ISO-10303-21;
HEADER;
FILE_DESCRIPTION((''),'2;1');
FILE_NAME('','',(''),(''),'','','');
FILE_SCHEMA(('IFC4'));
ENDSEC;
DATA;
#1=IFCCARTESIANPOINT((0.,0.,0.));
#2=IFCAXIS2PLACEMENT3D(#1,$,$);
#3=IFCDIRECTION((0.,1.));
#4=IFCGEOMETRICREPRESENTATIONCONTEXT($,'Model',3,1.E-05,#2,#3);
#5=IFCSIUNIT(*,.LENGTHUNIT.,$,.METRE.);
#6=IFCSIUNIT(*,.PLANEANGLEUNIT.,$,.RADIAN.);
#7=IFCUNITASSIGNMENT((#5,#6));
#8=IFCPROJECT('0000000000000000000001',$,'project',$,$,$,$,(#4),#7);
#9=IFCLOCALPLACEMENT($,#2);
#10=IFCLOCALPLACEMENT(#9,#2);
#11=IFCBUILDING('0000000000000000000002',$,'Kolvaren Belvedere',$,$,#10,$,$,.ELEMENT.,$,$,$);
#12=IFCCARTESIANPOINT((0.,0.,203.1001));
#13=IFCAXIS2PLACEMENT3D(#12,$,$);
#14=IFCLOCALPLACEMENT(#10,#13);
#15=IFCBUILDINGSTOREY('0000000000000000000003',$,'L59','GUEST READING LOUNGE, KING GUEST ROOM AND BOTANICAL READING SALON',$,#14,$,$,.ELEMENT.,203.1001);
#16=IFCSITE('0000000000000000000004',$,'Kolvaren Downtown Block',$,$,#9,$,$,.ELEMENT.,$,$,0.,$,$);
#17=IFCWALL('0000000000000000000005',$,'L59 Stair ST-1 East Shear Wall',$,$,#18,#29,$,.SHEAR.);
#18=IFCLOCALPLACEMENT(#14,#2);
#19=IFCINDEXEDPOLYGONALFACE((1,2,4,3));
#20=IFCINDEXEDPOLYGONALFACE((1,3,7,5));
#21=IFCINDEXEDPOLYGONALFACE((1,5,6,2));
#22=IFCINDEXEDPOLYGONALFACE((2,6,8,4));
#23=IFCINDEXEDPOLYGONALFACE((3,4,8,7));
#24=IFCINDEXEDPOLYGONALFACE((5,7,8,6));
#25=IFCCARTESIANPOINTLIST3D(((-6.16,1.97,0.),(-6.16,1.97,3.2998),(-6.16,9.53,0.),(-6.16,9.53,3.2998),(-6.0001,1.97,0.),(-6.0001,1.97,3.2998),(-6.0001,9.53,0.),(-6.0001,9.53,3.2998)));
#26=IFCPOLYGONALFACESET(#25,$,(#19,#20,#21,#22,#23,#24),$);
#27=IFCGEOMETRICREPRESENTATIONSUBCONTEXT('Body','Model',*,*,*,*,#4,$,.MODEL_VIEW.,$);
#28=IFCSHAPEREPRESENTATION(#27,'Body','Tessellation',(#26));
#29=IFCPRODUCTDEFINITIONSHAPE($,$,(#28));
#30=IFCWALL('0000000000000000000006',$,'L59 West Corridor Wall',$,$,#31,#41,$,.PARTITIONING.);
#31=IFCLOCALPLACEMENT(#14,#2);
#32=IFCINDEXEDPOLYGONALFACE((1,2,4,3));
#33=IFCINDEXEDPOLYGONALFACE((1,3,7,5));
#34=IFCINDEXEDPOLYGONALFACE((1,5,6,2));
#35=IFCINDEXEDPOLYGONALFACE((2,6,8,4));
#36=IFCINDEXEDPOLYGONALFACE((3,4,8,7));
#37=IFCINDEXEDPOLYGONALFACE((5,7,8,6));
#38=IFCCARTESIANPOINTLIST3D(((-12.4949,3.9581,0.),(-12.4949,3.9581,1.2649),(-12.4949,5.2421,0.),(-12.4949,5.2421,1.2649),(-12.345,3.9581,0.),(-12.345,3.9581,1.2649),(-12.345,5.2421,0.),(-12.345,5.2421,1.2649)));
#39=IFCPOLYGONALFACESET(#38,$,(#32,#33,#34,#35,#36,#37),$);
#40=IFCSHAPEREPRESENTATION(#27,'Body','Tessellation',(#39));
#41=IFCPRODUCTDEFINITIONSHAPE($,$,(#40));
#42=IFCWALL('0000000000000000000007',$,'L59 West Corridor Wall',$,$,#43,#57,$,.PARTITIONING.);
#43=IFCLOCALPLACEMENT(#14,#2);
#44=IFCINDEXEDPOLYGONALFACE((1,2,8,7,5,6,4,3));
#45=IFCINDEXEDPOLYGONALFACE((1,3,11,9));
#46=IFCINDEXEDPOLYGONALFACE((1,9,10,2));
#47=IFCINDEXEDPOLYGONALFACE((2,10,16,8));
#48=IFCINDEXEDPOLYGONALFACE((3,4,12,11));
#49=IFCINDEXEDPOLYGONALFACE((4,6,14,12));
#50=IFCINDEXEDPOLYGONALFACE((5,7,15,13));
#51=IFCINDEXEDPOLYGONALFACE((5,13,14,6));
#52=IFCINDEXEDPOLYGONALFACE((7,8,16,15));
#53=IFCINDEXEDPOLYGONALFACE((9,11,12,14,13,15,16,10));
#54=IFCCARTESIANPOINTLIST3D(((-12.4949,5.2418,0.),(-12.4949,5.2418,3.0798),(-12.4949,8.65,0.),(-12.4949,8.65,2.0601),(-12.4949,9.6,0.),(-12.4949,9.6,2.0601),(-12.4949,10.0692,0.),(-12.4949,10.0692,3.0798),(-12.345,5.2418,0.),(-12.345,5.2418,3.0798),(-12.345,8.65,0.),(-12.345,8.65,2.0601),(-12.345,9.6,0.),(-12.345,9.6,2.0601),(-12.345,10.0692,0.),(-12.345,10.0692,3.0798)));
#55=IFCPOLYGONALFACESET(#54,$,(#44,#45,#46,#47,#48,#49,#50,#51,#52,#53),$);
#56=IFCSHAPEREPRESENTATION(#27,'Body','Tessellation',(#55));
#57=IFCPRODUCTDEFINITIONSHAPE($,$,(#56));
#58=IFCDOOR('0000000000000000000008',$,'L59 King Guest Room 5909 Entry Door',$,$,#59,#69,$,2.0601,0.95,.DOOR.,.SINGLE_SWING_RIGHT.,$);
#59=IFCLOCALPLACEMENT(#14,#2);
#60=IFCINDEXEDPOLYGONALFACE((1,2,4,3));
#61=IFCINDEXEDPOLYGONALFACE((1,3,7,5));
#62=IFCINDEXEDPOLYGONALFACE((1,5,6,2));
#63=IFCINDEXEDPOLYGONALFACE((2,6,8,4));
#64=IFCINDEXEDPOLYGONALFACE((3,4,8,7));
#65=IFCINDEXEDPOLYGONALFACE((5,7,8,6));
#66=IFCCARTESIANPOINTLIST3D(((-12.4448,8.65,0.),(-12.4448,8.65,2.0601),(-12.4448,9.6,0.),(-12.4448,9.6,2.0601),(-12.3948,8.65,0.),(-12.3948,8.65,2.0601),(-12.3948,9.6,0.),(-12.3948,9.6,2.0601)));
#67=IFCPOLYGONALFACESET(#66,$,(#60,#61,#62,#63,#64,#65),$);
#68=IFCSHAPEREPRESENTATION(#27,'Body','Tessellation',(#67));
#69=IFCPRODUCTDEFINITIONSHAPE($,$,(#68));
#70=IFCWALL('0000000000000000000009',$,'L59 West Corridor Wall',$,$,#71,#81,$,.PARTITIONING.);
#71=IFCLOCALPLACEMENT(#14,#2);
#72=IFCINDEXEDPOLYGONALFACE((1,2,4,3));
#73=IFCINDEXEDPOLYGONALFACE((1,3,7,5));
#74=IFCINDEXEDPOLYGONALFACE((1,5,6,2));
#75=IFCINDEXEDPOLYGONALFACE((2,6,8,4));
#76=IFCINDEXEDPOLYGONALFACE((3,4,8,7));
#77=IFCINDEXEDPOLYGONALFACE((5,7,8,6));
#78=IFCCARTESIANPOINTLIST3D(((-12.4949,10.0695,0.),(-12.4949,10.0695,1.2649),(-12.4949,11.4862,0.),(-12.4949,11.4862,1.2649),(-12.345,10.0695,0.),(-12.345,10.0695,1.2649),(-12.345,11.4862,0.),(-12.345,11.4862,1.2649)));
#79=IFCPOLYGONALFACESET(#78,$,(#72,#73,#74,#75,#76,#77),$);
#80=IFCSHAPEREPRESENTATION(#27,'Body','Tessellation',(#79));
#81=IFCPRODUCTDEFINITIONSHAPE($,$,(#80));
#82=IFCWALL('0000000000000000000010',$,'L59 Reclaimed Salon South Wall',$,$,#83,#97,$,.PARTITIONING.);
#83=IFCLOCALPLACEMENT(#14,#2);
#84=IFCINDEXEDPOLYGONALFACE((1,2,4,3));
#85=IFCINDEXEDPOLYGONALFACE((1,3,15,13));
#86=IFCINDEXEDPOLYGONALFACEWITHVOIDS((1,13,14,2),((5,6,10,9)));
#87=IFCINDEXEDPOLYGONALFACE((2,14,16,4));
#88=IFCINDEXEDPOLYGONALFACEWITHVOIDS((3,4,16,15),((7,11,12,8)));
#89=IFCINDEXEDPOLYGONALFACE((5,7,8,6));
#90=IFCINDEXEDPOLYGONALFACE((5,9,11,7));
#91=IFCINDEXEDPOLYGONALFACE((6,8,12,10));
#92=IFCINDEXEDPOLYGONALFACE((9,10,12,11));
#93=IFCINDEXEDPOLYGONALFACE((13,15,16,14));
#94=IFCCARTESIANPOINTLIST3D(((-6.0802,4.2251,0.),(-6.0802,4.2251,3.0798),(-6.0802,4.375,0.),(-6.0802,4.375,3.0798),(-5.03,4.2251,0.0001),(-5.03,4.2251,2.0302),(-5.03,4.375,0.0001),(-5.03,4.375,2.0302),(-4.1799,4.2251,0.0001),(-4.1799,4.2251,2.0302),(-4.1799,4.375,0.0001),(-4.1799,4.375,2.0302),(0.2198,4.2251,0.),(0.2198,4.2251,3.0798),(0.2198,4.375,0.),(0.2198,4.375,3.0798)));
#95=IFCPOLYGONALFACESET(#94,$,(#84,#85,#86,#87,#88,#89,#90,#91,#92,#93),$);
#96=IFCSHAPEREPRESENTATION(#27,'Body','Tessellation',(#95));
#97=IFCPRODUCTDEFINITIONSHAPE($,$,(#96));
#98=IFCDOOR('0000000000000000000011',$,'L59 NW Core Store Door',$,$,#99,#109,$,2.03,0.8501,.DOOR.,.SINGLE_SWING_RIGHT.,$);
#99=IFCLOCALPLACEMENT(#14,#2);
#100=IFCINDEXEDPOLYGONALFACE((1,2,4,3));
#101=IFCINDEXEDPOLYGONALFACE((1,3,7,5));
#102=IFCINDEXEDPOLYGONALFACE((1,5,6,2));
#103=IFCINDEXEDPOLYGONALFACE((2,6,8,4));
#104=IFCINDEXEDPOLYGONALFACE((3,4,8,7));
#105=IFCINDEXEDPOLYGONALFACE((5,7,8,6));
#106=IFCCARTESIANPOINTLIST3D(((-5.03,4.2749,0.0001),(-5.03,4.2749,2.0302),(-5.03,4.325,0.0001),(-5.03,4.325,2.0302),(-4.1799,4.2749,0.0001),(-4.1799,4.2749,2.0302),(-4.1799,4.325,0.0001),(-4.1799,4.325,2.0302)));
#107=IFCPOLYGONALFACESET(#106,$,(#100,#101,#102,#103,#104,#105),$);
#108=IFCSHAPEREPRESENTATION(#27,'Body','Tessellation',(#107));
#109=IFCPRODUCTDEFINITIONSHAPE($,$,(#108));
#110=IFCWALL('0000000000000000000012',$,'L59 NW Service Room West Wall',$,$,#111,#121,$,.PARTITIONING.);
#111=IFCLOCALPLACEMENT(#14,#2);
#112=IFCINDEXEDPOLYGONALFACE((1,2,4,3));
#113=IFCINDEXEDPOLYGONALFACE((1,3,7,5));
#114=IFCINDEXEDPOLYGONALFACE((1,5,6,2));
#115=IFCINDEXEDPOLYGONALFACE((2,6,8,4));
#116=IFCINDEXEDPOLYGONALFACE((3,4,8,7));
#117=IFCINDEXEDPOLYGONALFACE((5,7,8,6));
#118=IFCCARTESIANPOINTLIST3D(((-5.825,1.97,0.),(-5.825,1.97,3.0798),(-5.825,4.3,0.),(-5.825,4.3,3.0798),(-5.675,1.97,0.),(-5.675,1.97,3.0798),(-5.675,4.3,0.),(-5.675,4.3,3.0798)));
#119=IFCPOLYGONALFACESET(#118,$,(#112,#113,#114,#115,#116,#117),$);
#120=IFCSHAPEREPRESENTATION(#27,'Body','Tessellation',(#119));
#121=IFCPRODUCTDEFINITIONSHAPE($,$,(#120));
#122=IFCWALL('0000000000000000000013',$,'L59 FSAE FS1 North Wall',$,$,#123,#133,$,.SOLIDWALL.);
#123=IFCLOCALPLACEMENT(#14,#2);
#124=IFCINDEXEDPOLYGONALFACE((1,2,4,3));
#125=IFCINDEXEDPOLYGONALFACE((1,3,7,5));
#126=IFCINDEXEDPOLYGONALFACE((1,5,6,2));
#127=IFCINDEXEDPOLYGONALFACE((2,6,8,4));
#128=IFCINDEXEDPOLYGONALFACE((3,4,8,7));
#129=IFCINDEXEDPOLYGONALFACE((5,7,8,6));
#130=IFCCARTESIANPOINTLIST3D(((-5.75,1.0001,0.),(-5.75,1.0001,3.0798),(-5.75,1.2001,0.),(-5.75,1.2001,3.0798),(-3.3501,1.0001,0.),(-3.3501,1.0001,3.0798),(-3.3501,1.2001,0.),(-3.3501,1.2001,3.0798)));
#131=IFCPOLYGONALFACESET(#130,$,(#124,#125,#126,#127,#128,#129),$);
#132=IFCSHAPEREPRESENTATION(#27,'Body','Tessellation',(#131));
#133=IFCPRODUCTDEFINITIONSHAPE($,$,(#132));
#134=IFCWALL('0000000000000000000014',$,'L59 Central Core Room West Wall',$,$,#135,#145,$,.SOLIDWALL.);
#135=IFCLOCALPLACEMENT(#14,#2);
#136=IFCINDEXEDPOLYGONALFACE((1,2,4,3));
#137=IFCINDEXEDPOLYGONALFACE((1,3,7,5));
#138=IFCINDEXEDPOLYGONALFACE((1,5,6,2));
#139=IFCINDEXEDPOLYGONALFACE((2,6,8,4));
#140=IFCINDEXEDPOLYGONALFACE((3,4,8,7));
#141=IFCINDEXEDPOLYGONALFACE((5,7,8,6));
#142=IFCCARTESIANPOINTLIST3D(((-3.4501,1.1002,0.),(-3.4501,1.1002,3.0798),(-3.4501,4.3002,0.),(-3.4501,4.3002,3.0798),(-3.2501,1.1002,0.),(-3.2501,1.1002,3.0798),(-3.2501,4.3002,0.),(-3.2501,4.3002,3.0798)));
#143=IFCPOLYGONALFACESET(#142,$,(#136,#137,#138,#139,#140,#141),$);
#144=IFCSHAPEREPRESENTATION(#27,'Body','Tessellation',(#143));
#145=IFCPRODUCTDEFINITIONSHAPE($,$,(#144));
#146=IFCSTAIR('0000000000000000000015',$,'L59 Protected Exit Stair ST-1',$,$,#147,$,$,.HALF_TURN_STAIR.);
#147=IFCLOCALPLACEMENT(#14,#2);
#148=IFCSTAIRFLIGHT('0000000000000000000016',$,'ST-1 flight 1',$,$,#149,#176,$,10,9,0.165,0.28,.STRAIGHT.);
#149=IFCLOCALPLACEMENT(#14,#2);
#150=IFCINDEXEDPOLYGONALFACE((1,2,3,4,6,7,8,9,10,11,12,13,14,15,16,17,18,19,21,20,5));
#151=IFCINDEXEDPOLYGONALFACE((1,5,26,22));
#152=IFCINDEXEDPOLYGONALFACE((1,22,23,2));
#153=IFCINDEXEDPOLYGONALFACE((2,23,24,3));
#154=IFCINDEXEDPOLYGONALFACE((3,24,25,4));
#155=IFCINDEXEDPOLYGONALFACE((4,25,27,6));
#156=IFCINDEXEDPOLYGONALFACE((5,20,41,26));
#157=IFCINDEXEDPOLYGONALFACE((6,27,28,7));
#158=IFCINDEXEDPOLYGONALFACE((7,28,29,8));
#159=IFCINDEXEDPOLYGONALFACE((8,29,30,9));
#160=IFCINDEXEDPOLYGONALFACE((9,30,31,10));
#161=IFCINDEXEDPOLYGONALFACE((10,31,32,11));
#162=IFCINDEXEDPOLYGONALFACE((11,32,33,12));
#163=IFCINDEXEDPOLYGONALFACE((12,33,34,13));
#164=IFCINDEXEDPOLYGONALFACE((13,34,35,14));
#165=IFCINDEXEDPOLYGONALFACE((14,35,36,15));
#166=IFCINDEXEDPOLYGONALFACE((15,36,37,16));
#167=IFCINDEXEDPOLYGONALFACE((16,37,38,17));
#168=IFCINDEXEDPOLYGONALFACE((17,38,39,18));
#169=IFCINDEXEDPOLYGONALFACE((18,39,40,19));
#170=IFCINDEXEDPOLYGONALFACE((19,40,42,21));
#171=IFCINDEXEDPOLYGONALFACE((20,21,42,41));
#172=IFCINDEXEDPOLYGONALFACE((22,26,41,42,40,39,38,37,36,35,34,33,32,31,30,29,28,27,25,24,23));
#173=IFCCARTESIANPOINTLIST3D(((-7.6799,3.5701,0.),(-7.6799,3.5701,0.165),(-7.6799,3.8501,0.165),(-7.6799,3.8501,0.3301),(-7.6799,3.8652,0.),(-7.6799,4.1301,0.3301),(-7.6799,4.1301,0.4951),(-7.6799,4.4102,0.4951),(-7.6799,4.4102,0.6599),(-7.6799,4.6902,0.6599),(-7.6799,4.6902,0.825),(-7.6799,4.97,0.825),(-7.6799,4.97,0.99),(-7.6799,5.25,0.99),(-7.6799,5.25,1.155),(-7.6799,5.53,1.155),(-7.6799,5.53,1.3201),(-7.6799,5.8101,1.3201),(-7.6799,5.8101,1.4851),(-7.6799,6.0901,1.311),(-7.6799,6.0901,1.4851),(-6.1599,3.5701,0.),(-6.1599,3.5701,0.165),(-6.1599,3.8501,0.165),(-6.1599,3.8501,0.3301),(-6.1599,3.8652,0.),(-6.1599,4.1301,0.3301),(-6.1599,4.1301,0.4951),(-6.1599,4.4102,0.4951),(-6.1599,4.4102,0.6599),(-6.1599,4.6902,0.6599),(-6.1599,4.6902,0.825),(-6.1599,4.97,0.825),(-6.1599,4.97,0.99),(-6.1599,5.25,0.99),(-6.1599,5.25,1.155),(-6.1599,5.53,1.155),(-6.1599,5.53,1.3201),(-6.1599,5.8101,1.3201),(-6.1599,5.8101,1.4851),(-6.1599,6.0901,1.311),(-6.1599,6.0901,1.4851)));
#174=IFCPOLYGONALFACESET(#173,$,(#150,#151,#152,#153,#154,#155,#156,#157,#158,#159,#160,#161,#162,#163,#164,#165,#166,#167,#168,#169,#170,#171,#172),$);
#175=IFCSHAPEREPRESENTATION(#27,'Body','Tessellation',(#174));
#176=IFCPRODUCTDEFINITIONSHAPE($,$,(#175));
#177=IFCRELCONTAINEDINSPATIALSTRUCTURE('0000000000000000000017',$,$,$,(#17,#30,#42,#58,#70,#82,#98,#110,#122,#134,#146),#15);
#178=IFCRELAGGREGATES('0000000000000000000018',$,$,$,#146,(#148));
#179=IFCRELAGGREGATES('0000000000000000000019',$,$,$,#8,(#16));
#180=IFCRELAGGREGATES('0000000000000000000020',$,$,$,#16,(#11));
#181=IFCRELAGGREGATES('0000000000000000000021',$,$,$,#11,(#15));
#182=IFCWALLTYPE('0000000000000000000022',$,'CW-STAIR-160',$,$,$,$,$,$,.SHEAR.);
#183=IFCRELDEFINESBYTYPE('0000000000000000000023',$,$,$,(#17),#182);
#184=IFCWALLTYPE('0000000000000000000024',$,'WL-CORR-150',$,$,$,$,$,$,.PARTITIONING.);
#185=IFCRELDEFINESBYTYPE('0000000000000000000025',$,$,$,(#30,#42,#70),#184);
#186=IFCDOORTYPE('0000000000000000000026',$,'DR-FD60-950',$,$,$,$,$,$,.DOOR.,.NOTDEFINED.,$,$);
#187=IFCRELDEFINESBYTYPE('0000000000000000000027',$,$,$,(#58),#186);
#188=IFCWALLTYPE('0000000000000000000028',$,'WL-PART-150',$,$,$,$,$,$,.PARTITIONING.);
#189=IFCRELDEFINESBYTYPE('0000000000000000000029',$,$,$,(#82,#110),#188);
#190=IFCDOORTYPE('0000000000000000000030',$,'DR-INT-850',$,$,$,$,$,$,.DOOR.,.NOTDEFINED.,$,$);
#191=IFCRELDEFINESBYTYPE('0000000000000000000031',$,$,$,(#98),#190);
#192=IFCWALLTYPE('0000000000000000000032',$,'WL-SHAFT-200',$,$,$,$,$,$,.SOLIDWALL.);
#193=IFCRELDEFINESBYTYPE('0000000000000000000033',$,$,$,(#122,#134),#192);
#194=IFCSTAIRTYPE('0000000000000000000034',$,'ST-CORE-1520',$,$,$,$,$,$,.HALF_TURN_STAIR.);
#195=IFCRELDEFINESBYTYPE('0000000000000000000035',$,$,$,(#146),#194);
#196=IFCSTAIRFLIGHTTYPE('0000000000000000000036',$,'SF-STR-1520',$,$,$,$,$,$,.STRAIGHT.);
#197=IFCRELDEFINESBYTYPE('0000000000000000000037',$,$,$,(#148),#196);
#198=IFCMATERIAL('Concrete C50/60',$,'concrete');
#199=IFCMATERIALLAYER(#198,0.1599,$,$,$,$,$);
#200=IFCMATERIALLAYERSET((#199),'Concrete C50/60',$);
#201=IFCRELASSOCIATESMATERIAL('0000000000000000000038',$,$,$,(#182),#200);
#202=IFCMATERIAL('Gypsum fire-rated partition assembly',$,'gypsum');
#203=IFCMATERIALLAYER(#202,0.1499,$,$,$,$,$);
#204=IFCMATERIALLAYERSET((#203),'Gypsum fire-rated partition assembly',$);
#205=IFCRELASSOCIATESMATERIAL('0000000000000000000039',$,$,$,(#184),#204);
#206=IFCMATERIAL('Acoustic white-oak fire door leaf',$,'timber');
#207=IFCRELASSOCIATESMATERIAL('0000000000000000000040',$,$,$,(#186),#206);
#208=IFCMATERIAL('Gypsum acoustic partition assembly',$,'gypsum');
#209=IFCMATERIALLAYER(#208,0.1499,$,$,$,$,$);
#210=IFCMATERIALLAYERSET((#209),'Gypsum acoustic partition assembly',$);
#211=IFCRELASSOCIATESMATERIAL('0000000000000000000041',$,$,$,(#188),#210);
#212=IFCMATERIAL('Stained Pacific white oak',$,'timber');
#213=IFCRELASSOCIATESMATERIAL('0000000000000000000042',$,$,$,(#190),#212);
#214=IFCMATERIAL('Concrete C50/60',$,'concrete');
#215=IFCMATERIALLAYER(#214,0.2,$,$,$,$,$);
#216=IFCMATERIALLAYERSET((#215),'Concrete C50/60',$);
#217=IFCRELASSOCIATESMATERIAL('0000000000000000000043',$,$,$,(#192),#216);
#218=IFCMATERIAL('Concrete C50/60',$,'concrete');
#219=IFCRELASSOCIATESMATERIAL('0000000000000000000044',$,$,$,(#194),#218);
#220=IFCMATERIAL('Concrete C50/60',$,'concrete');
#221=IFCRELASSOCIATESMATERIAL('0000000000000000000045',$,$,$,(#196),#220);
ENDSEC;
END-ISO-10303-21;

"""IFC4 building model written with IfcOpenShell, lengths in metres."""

from ifc_helpers import new_model, si_unit, direction, frame, frame_2d, origin, place, context, subcontext, project, spatial, polyline, rectangle, outline, extrude, material, layer, layer_set, type_object, element, fill, aggregate, save


model = new_model("IFC4")

# Units and contexts
model_context = context("Model", 3, precision=1e-05, world=origin(), true_north=direction((0.0, 1.0)))
body_context = subcontext(model_context, "Body", "Model", "MODEL_VIEW")
ifc_project = project(units=[si_unit("LENGTHUNIT", "METRE"), si_unit("PLANEANGLEUNIT", "RADIAN")], contexts=[model_context])

# Site, building, storey
site_placement = place(None, origin())
site = spatial("IfcSite", under=ifc_project, at=site_placement, Name="Kolvaren Downtown Block", CompositionType="ELEMENT", RefElevation=0.0)
building_placement = place(site_placement, origin())
building = spatial("IfcBuilding", under=site, at=building_placement, Name="Kolvaren Belvedere", CompositionType="ELEMENT")
storey_placement = place(building_placement, frame((0.0, 0.0, 203.1001)))
storey = spatial("IfcBuildingStorey", under=building, at=storey_placement, Name="L59", Description="GUEST READING LOUNGE, KING GUEST ROOM AND BOTANICAL READING SALON", CompositionType="ELEMENT", Elevation=203.1001)

# Shared definitions
ifc_material_1 = material(Name="Concrete C50/60", Category="concrete")
ifc_layer_1 = layer(ifc_material_1, 0.1599)
ifc_layer_set_1 = layer_set([ifc_layer_1], Name="Concrete C50/60")
wall_type_1 = type_object("IfcWallType", Name="CW-STAIR-160", PredefinedType="SHEAR", material=ifc_layer_set_1)

# Walls
for number, where, z_axis, x_axis, name in (
    (1, (-6.0801, 1.97, 0.0), (0.0, 0.0, 1.0), (0.0, 1.0, 0.0), "L59 Stair ST-1 East Shear Wall"),
):
    element("IfcWall", number, at=place(storey_placement, frame(where, z_axis=z_axis, x_axis=x_axis)), inside=storey, type_object=wall_type_1, Name=name, PredefinedType="SHEAR", context=body_context, shape_type="SweptSolid", body=[
        extrude(rectangle(XDim=7.5601, YDim=0.1599, at=frame_2d((3.78, 0.0))), origin(), (0.0, 0.0, 1.0), 3.2998),
    ])
ifc_material_2 = material(Name="Gypsum fire-rated partition assembly", Category="gypsum")
ifc_layer_2 = layer(ifc_material_2, 0.1499)
ifc_layer_set_2 = layer_set([ifc_layer_2], Name="Gypsum fire-rated partition assembly")
wall_type_2 = type_object("IfcWallType", Name="WL-CORR-150", PredefinedType="PARTITIONING", material=ifc_layer_set_2)
wall_1_placement = place(storey_placement, frame((-12.4199, 3.958, 0.0), z_axis=(0.0, 0.0, 1.0), x_axis=(0.0, 1.0, 0.0)))
element("IfcWall", 2, at=wall_1_placement, inside=storey, type_object=wall_type_2, Name="L59 West Corridor Wall", PredefinedType="PARTITIONING", context=body_context, shape_type="SweptSolid", body=[
    extrude(rectangle(XDim=1.2839, YDim=0.1499, at=frame_2d((0.6421, 0.0))), origin(), (0.0, 0.0, 1.0), 1.2649),
])

# Wall, opening, door
wall_2_placement = place(storey_placement, frame((-12.4199, 5.2419, 0.0), z_axis=(0.0, 0.0, 1.0), x_axis=(0.0, 1.0, 0.0)))
wall_2 = element("IfcWall", 3, at=wall_2_placement, inside=storey, type_object=wall_type_2, Name="L59 West Corridor Wall", PredefinedType="PARTITIONING", context=body_context, shape_type="SweptSolid", body=[
    extrude(rectangle(XDim=4.8274, YDim=0.1499, at=frame_2d((2.4136, 0.0))), origin(), (0.0, 0.0, 1.0), 3.0798),
])
opening_1_placement = place(wall_2_placement, frame((3.408, 0.0, 0.0)))
opening_1 = element("IfcOpeningElement", 4, at=opening_1_placement, cuts=wall_2, PredefinedType="OPENING", context=body_context, shape_type="SweptSolid", body=[
    extrude(rectangle(XDim=0.95, YDim=2.0601, at=frame_2d((0.4751, 1.03))), frame((0.0, 0.085, 0.0), z_axis=(0.0, -1.0, 0.0), x_axis=(1.0, 0.0, 0.0)), (0.0, 0.0, 1.0), 0.1699),
])
ifc_material_3 = material(Name="Acoustic white-oak fire door leaf", Category="timber")
door_type_1 = type_object("IfcDoorType", Name="DR-FD60-950", OperationType="NOTDEFINED", PredefinedType="DOOR", material=ifc_material_3)
door_1_placement = place(opening_1_placement, origin())
door_1 = element("IfcDoor", 5, at=door_1_placement, inside=storey, type_object=door_type_1, Name="L59 King Guest Room 5909 Entry Door", OperationType="SINGLE_SWING_RIGHT", OverallHeight=2.0601, OverallWidth=0.95, PredefinedType="DOOR", context=body_context, shape_type="SweptSolid", body=[
    extrude(rectangle(XDim=0.95, YDim=2.0601, at=frame_2d((0.4751, 1.03))), frame((0.0, 0.0249, 0.0), z_axis=(0.0, -1.0, 0.0), x_axis=(1.0, 0.0, 0.0)), (0.0, 0.0, 1.0), 0.05),
])
fill(opening_1, door_1)

# Wall
wall_3_placement = place(storey_placement, frame((-12.4199, 10.0693, 0.0), z_axis=(0.0, 0.0, 1.0), x_axis=(0.0, 1.0, 0.0)))
element("IfcWall", 6, at=wall_3_placement, inside=storey, type_object=wall_type_2, Name="L59 West Corridor Wall", PredefinedType="PARTITIONING", context=body_context, shape_type="SweptSolid", body=[
    extrude(rectangle(XDim=1.4167, YDim=0.1499, at=frame_2d((0.7085, 0.0))), origin(), (0.0, 0.0, 1.0), 1.2649),
])

# Wall, opening, door
ifc_material_4 = material(Name="Gypsum acoustic partition assembly", Category="gypsum")
ifc_layer_3 = layer(ifc_material_4, 0.1499)
ifc_layer_set_3 = layer_set([ifc_layer_3], Name="Gypsum acoustic partition assembly")
wall_type_3 = type_object("IfcWallType", Name="WL-PART-150", PredefinedType="PARTITIONING", material=ifc_layer_set_3)
wall_4_placement = place(storey_placement, frame((-6.0801, 4.3, 0.0), z_axis=(0.0, 0.0, 1.0), x_axis=(1.0, 0.0, 0.0)))
wall_4 = element("IfcWall", 7, at=wall_4_placement, inside=storey, type_object=wall_type_3, Name="L59 Reclaimed Salon South Wall", PredefinedType="PARTITIONING", context=body_context, shape_type="SweptSolid", body=[
    extrude(rectangle(XDim=6.3, YDim=0.1499, at=frame_2d((3.1499, 0.0))), origin(), (0.0, 0.0, 1.0), 3.0798),
])
opening_2_placement = place(wall_4_placement, frame((1.05, 0.0, 0.0)))
opening_2 = element("IfcOpeningElement", 8, at=opening_2_placement, cuts=wall_4, PredefinedType="OPENING", context=body_context, shape_type="SweptSolid", body=[
    extrude(rectangle(XDim=0.8501, YDim=2.03, at=frame_2d((0.425, 1.0151))), frame((0.0, 0.085, 0.0), z_axis=(0.0, -1.0, 0.0), x_axis=(1.0, 0.0, 0.0)), (0.0, 0.0, 1.0), 0.1699),
])
ifc_material_5 = material(Name="Stained Pacific white oak", Category="timber")
door_type_2 = type_object("IfcDoorType", Name="DR-INT-850", OperationType="NOTDEFINED", PredefinedType="DOOR", material=ifc_material_5)
door_2_placement = place(opening_2_placement, origin())
door_2 = element("IfcDoor", 9, at=door_2_placement, inside=storey, type_object=door_type_2, Name="L59 NW Core Store Door", OperationType="SINGLE_SWING_RIGHT", OverallHeight=2.03, OverallWidth=0.8501, PredefinedType="DOOR", context=body_context, shape_type="SweptSolid", body=[
    extrude(rectangle(XDim=0.8501, YDim=2.03, at=frame_2d((0.425, 1.0151))), frame((0.0, 0.0249, 0.0), z_axis=(0.0, -1.0, 0.0), x_axis=(1.0, 0.0, 0.0)), (0.0, 0.0, 1.0), 0.05),
])
fill(opening_2, door_2)

# Walls
wall_5_placement = place(storey_placement, frame((-5.75, 1.97, 0.0), z_axis=(0.0, 0.0, 1.0), x_axis=(0.0, 1.0, 0.0)))
element("IfcWall", 10, at=wall_5_placement, inside=storey, type_object=wall_type_3, Name="L59 NW Service Room West Wall", PredefinedType="PARTITIONING", context=body_context, shape_type="SweptSolid", body=[
    extrude(rectangle(XDim=2.3301, YDim=0.1499, at=frame_2d((1.165, 0.0))), origin(), (0.0, 0.0, 1.0), 3.0798),
])
ifc_material_6 = material(Name="Concrete C50/60", Category="concrete")
ifc_layer_4 = layer(ifc_material_6, 0.2)
ifc_layer_set_4 = layer_set([ifc_layer_4], Name="Concrete C50/60")
wall_type_4 = type_object("IfcWallType", Name="WL-SHAFT-200", PredefinedType="SOLIDWALL", material=ifc_layer_set_4)
wall_6_placement = place(storey_placement, frame((-5.75, 1.1001, 0.0), z_axis=(0.0, 0.0, 1.0), x_axis=(1.0, 0.0, 0.0)))
element("IfcWall", 11, at=wall_6_placement, inside=storey, type_object=wall_type_4, Name="L59 FSAE FS1 North Wall", PredefinedType="SOLIDWALL", context=body_context, shape_type="SweptSolid", body=[
    extrude(rectangle(XDim=2.3999, YDim=0.2, at=frame_2d((1.2, 0.0))), origin(), (0.0, 0.0, 1.0), 3.0798),
])
wall_7_placement = place(storey_placement, frame((-3.3501, 1.1001, 0.0), z_axis=(0.0, 0.0, 1.0), x_axis=(0.0, 1.0, 0.0)))
element("IfcWall", 12, at=wall_7_placement, inside=storey, type_object=wall_type_4, Name="L59 Central Core Room West Wall", PredefinedType="SOLIDWALL", context=body_context, shape_type="SweptSolid", body=[
    extrude(rectangle(XDim=3.2, YDim=0.2, at=frame_2d((1.6001, 0.0))), origin(), (0.0, 0.0, 1.0), 3.0798),
])

# Stair, stair flight
ifc_material_7 = material(Name="Concrete C50/60", Category="concrete")
stair_type = type_object("IfcStairType", Name="ST-CORE-1520", PredefinedType="HALF_TURN_STAIR", material=ifc_material_7)
stair_placement = place(storey_placement, origin())
stair = element("IfcStair", 13, at=stair_placement, inside=storey, type_object=stair_type, Name="L59 Protected Exit Stair ST-1", PredefinedType="HALF_TURN_STAIR")
ifc_material_8 = material(Name="Concrete C50/60", Category="concrete")
stair_flight_type = type_object("IfcStairFlightType", Name="SF-STR-1520", PredefinedType="STRAIGHT", material=ifc_material_8)
stair_flight_1_placement = place(storey_placement, frame((-6.9199, 3.5701, 0.0), z_axis=(0.0, 0.0, 1.0), x_axis=(0.0, 1.0, 0.0)))
stair_flight_1 = element("IfcStairFlight", 14, at=stair_flight_1_placement, type_object=stair_flight_type, Name="ST-1 flight 1", NumberOfRisers=10, NumberOfTreads=9, PredefinedType="STRAIGHT", RiserHeight=0.165, TreadLength=0.28, context=body_context, shape_type="SweptSolid", body=[
    extrude(outline(polyline([(0.0, 0.0), (0.0, 0.165), (0.28, 0.165), (0.28, 0.3301), (0.5601, 0.3301), (0.5601, 0.4951), (0.8401, 0.4951), (0.8401, 0.6599), (1.1201, 0.6599), (1.1201, 0.825), (1.3999, 0.825), (1.3999, 0.99), (1.6799, 0.99), (1.6799, 1.155), (1.96, 1.155), (1.96, 1.3201), (2.24, 1.3201), (2.24, 1.4851), (2.52, 1.4851), (2.52, 1.6499), (2.52, 1.311), (0.2952, 0.0), (0.0, 0.0)])), frame((0.0, 0.76, 0.0), z_axis=(0.0, -1.0, 0.0), x_axis=(1.0, 0.0, 0.0)), (0.0, 0.0, 1.0), 1.52),
])
aggregate(stair, [stair_flight_1])

save(model, "model.ifc")
